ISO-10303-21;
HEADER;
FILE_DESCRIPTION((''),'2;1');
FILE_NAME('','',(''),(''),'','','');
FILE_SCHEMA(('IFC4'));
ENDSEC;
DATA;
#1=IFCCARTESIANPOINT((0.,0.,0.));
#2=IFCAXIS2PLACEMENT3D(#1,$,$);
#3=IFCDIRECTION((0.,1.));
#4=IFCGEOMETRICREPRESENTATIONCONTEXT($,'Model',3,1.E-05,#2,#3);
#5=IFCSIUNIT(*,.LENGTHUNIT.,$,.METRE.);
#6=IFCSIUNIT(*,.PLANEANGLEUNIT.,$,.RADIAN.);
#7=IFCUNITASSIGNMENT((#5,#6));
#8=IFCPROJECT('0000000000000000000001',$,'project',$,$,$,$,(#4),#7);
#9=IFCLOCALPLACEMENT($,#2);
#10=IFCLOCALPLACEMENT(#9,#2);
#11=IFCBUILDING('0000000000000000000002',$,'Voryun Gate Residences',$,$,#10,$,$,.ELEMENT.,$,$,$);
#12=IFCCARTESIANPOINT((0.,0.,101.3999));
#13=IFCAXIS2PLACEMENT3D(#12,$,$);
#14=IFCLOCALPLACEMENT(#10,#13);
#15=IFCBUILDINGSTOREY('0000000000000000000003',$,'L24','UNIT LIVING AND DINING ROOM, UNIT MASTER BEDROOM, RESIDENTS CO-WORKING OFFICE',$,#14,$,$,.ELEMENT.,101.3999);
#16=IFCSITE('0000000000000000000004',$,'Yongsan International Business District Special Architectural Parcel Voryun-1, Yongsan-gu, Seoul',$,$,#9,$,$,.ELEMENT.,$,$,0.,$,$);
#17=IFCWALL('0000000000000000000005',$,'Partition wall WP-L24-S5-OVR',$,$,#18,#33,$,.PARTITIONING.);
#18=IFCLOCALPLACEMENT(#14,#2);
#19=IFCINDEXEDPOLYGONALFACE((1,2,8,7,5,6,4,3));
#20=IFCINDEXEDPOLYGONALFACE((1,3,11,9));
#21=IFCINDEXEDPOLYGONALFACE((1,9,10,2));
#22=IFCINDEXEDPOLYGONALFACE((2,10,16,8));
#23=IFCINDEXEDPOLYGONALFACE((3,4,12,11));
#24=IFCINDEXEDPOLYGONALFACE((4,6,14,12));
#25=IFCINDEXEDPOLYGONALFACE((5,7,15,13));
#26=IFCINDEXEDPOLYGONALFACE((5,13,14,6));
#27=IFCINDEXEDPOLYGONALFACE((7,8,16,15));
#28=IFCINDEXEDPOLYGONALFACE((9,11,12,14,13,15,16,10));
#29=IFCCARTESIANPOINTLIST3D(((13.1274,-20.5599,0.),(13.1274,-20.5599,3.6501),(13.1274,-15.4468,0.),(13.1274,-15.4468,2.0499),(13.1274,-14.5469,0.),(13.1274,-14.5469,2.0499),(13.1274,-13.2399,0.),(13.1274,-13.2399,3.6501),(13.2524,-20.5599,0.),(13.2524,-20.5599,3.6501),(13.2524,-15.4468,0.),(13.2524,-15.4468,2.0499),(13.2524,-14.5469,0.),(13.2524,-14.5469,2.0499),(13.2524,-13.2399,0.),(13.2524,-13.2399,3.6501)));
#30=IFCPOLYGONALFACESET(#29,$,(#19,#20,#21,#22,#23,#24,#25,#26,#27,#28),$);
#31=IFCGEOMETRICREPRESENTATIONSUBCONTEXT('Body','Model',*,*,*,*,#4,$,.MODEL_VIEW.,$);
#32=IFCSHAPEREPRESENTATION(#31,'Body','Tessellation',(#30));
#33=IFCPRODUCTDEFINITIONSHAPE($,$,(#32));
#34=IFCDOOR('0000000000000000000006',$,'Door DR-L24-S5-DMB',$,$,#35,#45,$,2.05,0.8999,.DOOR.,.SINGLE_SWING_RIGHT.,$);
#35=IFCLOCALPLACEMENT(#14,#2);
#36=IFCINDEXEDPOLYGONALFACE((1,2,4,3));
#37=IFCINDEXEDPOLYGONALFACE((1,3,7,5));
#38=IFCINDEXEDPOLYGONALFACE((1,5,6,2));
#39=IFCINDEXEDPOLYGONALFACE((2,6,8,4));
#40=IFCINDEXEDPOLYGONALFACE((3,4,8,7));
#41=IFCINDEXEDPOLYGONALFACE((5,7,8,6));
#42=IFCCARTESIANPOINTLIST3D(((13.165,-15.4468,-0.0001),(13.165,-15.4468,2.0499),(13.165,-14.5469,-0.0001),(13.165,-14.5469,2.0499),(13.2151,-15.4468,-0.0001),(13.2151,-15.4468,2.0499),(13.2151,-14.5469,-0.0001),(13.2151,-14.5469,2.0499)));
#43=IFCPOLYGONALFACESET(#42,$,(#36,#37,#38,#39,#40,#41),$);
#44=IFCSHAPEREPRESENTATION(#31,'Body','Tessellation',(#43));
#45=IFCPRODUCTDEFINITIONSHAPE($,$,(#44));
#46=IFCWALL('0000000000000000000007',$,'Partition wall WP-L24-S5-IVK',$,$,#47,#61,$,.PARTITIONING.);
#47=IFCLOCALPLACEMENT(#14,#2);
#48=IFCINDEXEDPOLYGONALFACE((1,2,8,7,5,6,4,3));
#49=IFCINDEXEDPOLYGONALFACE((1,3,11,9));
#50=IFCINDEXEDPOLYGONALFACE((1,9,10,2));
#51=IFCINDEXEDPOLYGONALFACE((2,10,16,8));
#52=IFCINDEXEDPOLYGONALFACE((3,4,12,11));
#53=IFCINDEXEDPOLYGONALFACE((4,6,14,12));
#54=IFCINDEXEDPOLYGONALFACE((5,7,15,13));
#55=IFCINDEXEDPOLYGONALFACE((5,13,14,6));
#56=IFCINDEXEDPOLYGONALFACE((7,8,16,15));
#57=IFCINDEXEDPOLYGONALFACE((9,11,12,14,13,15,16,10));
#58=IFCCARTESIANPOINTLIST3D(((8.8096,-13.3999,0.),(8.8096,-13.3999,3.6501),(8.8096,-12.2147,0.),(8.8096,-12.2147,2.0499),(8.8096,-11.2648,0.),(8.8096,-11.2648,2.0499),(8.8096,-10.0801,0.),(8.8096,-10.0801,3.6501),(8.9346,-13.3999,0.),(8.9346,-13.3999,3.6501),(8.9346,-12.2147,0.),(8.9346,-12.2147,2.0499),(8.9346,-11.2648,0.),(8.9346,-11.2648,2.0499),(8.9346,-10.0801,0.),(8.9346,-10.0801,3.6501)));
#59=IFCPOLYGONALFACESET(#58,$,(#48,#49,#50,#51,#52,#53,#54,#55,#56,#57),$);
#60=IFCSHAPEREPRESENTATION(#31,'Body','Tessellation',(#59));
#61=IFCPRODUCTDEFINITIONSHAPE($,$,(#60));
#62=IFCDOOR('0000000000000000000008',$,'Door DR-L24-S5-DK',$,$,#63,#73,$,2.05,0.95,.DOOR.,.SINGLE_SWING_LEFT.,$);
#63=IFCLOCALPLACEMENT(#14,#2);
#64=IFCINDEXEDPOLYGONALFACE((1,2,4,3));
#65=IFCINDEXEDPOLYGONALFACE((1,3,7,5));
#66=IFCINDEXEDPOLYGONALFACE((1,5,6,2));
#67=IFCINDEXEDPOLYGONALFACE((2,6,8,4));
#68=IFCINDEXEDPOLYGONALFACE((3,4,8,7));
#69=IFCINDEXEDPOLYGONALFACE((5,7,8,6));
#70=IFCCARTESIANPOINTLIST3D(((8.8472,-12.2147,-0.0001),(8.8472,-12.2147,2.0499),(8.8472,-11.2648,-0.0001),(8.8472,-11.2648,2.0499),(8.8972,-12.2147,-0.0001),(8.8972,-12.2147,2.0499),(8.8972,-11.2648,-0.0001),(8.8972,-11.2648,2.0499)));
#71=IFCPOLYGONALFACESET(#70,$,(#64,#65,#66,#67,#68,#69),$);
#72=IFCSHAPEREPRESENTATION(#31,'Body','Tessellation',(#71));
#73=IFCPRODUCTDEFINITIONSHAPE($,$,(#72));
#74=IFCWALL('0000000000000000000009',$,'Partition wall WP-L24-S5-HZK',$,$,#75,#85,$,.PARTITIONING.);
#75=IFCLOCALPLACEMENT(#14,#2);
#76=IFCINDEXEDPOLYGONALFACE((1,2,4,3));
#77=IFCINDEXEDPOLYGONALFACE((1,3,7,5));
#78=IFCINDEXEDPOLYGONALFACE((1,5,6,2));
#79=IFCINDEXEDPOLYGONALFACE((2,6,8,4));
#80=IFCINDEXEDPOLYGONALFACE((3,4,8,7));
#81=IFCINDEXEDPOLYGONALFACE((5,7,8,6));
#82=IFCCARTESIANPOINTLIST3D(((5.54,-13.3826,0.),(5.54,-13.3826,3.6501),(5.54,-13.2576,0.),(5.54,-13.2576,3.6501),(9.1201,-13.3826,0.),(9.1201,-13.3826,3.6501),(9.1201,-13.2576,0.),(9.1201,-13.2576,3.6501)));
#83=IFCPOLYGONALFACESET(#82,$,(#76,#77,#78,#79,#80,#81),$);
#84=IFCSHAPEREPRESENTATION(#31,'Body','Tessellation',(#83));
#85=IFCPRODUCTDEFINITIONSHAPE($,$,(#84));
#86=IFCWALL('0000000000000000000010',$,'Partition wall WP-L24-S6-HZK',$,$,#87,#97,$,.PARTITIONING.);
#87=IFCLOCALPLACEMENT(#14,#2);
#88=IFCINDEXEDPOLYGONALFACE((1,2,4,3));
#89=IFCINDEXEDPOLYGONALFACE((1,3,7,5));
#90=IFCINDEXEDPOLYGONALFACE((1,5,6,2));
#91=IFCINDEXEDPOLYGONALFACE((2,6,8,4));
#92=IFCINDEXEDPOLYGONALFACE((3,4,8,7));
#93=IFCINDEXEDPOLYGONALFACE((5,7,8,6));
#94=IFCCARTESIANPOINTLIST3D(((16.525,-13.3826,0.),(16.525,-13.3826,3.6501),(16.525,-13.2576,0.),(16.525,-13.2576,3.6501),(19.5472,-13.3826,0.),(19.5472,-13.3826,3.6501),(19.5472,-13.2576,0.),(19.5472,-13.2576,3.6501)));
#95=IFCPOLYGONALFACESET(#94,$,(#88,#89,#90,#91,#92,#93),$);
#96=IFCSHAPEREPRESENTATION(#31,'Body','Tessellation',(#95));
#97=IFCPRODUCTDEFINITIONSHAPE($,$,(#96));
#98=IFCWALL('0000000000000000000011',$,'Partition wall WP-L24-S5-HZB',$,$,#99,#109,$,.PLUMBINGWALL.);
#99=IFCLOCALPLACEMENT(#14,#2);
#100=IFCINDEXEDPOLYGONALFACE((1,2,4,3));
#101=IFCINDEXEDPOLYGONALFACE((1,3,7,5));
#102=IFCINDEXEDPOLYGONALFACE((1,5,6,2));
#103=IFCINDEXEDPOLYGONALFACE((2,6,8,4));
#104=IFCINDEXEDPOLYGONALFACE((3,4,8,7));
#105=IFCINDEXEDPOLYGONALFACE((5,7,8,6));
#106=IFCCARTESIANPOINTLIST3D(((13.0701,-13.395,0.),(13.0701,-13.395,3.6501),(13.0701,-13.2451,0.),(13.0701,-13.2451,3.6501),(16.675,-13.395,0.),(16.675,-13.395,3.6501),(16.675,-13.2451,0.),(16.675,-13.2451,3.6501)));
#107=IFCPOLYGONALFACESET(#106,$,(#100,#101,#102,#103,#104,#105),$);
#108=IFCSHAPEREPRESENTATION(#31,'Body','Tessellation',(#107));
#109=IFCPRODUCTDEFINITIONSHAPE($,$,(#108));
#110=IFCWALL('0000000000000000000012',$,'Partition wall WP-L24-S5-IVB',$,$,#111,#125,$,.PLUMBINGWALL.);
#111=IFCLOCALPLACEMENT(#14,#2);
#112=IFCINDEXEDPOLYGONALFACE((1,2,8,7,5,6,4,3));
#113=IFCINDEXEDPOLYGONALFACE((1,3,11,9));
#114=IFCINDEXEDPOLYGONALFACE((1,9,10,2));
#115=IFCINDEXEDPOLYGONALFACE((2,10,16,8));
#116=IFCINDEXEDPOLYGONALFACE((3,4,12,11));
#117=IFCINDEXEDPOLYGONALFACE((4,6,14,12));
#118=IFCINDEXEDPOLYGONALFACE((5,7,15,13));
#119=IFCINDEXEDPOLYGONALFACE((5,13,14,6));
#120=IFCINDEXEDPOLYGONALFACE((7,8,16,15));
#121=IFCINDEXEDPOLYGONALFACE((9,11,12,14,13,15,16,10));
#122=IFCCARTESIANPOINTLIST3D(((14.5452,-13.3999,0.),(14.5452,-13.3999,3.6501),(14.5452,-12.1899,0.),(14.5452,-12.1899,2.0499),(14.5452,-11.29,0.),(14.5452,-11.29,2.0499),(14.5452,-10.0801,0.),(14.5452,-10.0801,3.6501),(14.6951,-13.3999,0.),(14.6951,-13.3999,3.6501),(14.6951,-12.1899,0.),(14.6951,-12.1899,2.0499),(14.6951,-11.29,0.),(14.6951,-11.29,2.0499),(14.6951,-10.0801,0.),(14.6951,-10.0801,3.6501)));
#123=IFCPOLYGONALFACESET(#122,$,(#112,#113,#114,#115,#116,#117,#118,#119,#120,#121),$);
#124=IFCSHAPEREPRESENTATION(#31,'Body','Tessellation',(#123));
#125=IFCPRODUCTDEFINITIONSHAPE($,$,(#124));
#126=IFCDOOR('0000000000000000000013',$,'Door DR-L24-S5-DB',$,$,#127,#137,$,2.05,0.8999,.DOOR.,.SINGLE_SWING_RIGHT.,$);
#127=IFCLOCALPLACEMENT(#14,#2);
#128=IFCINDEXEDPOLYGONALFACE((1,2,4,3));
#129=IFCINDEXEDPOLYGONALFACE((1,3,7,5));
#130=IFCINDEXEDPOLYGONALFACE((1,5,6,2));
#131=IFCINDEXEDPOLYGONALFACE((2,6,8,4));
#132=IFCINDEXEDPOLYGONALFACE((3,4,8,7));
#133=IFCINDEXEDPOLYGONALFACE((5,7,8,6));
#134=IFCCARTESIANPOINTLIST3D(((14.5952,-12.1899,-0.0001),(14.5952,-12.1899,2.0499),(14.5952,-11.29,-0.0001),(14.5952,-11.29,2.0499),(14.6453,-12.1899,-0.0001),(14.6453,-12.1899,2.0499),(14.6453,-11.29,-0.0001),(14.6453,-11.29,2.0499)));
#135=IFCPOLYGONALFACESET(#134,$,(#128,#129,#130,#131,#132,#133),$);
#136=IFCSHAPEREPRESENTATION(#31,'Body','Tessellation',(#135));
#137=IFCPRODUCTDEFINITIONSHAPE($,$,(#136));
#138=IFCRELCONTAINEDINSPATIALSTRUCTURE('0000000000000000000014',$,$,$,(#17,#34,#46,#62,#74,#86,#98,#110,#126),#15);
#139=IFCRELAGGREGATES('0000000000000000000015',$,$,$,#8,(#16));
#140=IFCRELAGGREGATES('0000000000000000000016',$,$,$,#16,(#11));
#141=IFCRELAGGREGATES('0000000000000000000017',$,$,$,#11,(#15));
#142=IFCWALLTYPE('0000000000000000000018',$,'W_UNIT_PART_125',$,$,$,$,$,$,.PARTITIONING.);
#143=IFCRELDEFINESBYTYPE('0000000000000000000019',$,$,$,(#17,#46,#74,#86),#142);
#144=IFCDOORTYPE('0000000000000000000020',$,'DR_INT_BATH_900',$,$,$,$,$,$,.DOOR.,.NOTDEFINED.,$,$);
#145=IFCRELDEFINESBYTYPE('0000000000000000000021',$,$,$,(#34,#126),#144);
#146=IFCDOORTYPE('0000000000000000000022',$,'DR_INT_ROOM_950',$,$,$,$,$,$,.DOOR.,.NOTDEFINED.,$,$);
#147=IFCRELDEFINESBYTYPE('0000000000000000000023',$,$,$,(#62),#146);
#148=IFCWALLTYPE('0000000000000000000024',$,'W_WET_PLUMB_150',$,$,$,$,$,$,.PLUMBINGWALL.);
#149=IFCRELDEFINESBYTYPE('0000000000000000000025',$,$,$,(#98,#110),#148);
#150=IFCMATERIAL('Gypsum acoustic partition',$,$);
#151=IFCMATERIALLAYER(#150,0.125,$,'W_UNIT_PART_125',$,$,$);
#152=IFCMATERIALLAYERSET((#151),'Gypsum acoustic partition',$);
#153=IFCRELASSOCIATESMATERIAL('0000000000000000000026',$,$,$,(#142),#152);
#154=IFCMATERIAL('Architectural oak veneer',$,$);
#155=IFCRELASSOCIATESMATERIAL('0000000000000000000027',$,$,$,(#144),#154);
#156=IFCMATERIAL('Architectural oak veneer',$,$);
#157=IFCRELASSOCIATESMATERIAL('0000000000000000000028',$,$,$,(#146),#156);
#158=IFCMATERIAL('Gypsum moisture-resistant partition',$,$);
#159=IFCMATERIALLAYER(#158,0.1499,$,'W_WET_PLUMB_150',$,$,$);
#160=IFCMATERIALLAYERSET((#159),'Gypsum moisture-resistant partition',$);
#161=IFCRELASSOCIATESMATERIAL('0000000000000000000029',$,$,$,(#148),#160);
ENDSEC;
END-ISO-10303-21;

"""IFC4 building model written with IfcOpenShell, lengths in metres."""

from ifc_helpers import new_model, si_unit, direction, frame, frame_2d, origin, place, context, subcontext, project, spatial, rectangle, extrude, material, layer, layer_set, type_object, element, fill, save


model = new_model("IFC4")

# Units and contexts
model_context = context("Model", 3, precision=1e-05, world=origin(), true_north=direction((0.0, 1.0)))
body_context = subcontext(model_context, "Body", "Model", "MODEL_VIEW")
ifc_project = project(units=[si_unit("LENGTHUNIT", "METRE"), si_unit("PLANEANGLEUNIT", "RADIAN")], contexts=[model_context])

# Site, building, storey
site_placement = place(None, origin())
site = spatial("IfcSite", under=ifc_project, at=site_placement, Name="Yongsan International Business District Special Architectural Parcel Voryun-1, Yongsan-gu, Seoul", CompositionType="ELEMENT", RefElevation=0.0)
building_placement = place(site_placement, origin())
building = spatial("IfcBuilding", under=site, at=building_placement, Name="Voryun Gate Residences", CompositionType="ELEMENT")
storey_placement = place(building_placement, frame((0.0, 0.0, 101.3999)))
storey = spatial("IfcBuildingStorey", under=building, at=storey_placement, Name="L24", Description="UNIT LIVING AND DINING ROOM, UNIT MASTER BEDROOM, RESIDENTS CO-WORKING OFFICE", CompositionType="ELEMENT", Elevation=101.3999)

# Shared definitions
ifc_material_1 = material(Name="Gypsum acoustic partition")
ifc_layer_1 = layer(ifc_material_1, 0.125, Name="W_UNIT_PART_125")
ifc_layer_set_1 = layer_set([ifc_layer_1], Name="Gypsum acoustic partition")
wall_type_1 = type_object("IfcWallType", Name="W_UNIT_PART_125", PredefinedType="PARTITIONING", material=ifc_layer_set_1)

# Walls, openings, doors
ifc_material_2 = material(Name="Architectural oak veneer")
door_type_1 = type_object("IfcDoorType", Name="DR_INT_BATH_900", OperationType="NOTDEFINED", PredefinedType="DOOR", material=ifc_material_2)
ifc_material_3 = material(Name="Architectural oak veneer")
door_type_2 = type_object("IfcDoorType", Name="DR_INT_ROOM_950", OperationType="NOTDEFINED", PredefinedType="DOOR", material=ifc_material_3)
wall_1_placement = place(storey_placement, frame((13.1899, -20.5601, 0.0), z_axis=(0.0, 0.0, 1.0), x_axis=(0.0, 1.0, 0.0)))
wall_1 = element("IfcWall", 1, at=wall_1_placement, inside=storey, type_object=wall_type_1, Name="Partition wall WP-L24-S5-OVR", PredefinedType="PARTITIONING", context=body_context, shape_type="SweptSolid", body=[
    extrude(rectangle(XDim=7.3201, YDim=0.125, at=frame_2d((3.6602, 0.0))), origin(), (0.0, 0.0, 1.0), 3.6501),
])
opening_1_placement = place(wall_1_placement, frame((5.1133, 0.0, 0.0)))
opening_1 = element("IfcOpeningElement", 2, at=opening_1_placement, cuts=wall_1, PredefinedType="OPENING", context=body_context, shape_type="SweptSolid", body=[
    extrude(rectangle(XDim=0.8999, YDim=2.05, at=frame_2d((0.45, 1.0249))), frame((0.0, 0.0725, 0.0), z_axis=(0.0, -1.0, 0.0), x_axis=(1.0, 0.0, 0.0)), (0.0, 0.0, 1.0), 0.145),
])
door_1_placement = place(opening_1_placement, origin())
door_1 = element("IfcDoor", 3, at=door_1_placement, inside=storey, type_object=door_type_1, Name="Door DR-L24-S5-DMB", OperationType="SINGLE_SWING_RIGHT", OverallHeight=2.05, OverallWidth=0.8999, PredefinedType="DOOR", context=body_context, shape_type="SweptSolid", body=[
    extrude(rectangle(XDim=0.8999, YDim=2.05, at=frame_2d((0.45, 1.0249))), frame((0.0, 0.0249, 0.0), z_axis=(0.0, -1.0, 0.0), x_axis=(1.0, 0.0, 0.0)), (0.0, 0.0, 1.0), 0.05),
])
fill(opening_1, door_1)
wall_2_placement = place(storey_placement, frame((8.8721, -13.3999, 0.0), z_axis=(0.0, 0.0, 1.0), x_axis=(0.0, 1.0, 0.0)))
wall_2 = element("IfcWall", 4, at=wall_2_placement, inside=storey, type_object=wall_type_1, Name="Partition wall WP-L24-S5-IVK", PredefinedType="PARTITIONING", context=body_context, shape_type="SweptSolid", body=[
    extrude(rectangle(XDim=3.3198, YDim=0.125, at=frame_2d((1.6599, 0.0))), origin(), (0.0, 0.0, 1.0), 3.6501),
])
opening_2_placement = place(wall_2_placement, frame((1.1851, 0.0, 0.0)))
opening_2 = element("IfcOpeningElement", 5, at=opening_2_placement, cuts=wall_2, PredefinedType="OPENING", context=body_context, shape_type="SweptSolid", body=[
    extrude(rectangle(XDim=0.95, YDim=2.05, at=frame_2d((0.4751, 1.0249))), frame((0.0, 0.0725, 0.0), z_axis=(0.0, -1.0, 0.0), x_axis=(1.0, 0.0, 0.0)), (0.0, 0.0, 1.0), 0.145),
])
door_2_placement = place(opening_2_placement, origin())
door_2 = element("IfcDoor", 6, at=door_2_placement, inside=storey, type_object=door_type_2, Name="Door DR-L24-S5-DK", OperationType="SINGLE_SWING_LEFT", OverallHeight=2.05, OverallWidth=0.95, PredefinedType="DOOR", context=body_context, shape_type="SweptSolid", body=[
    extrude(rectangle(XDim=0.95, YDim=2.05, at=frame_2d((0.4751, 1.0249))), frame((0.0, 0.0249, 0.0), z_axis=(0.0, -1.0, 0.0), x_axis=(1.0, 0.0, 0.0)), (0.0, 0.0, 1.0), 0.05),
])
fill(opening_2, door_2)

# Walls
wall_3_placement = place(storey_placement, frame((5.54, -13.3201, 0.0), z_axis=(0.0, 0.0, 1.0), x_axis=(1.0, 0.0, 0.0)))
element("IfcWall", 7, at=wall_3_placement, inside=storey, type_object=wall_type_1, Name="Partition wall WP-L24-S5-HZK", PredefinedType="PARTITIONING", context=body_context, shape_type="SweptSolid", body=[
    extrude(rectangle(XDim=3.5801, YDim=0.125, at=frame_2d((1.79, 0.0))), origin(), (0.0, 0.0, 1.0), 3.6501),
])
wall_4_placement = place(storey_placement, frame((16.5249, -13.3201, 0.0), z_axis=(0.0, 0.0, 1.0), x_axis=(1.0, 0.0, 0.0)))
element("IfcWall", 8, at=wall_4_placement, inside=storey, type_object=wall_type_1, Name="Partition wall WP-L24-S6-HZK", PredefinedType="PARTITIONING", context=body_context, shape_type="SweptSolid", body=[
    extrude(rectangle(XDim=3.0222, YDim=0.125, at=frame_2d((1.5112, 0.0))), origin(), (0.0, 0.0, 1.0), 3.6501),
])
ifc_material_4 = material(Name="Gypsum moisture-resistant partition")
ifc_layer_2 = layer(ifc_material_4, 0.1499, Name="W_WET_PLUMB_150")
ifc_layer_set_2 = layer_set([ifc_layer_2], Name="Gypsum moisture-resistant partition")
wall_type_2 = type_object("IfcWallType", Name="W_WET_PLUMB_150", PredefinedType="PLUMBINGWALL", material=ifc_layer_set_2)
wall_5_placement = place(storey_placement, frame((13.0701, -13.3201, 0.0), z_axis=(0.0, 0.0, 1.0), x_axis=(1.0, 0.0, 0.0)))
element("IfcWall", 9, at=wall_5_placement, inside=storey, type_object=wall_type_2, Name="Partition wall WP-L24-S5-HZB", PredefinedType="PLUMBINGWALL", context=body_context, shape_type="SweptSolid", body=[
    extrude(rectangle(XDim=3.605, YDim=0.1499, at=frame_2d((1.8025, 0.0))), origin(), (0.0, 0.0, 1.0), 3.6501),
])

# Wall, opening, door
wall_6_placement = place(storey_placement, frame((14.6201, -13.3999, 0.0), z_axis=(0.0, 0.0, 1.0), x_axis=(0.0, 1.0, 0.0)))
wall_6 = element("IfcWall", 10, at=wall_6_placement, inside=storey, type_object=wall_type_2, Name="Partition wall WP-L24-S5-IVB", PredefinedType="PLUMBINGWALL", context=body_context, shape_type="SweptSolid", body=[
    extrude(rectangle(XDim=3.3198, YDim=0.1499, at=frame_2d((1.6599, 0.0))), origin(), (0.0, 0.0, 1.0), 3.6501),
])
opening_3_placement = place(wall_6_placement, frame((1.21, 0.0, 0.0)))
opening_3 = element("IfcOpeningElement", 11, at=opening_3_placement, cuts=wall_6, PredefinedType="OPENING", context=body_context, shape_type="SweptSolid", body=[
    extrude(rectangle(XDim=0.8999, YDim=2.05, at=frame_2d((0.45, 1.0249))), frame((0.0, 0.085, 0.0), z_axis=(0.0, -1.0, 0.0), x_axis=(1.0, 0.0, 0.0)), (0.0, 0.0, 1.0), 0.1699),
])
door_3_placement = place(opening_3_placement, origin())
door_3 = element("IfcDoor", 12, at=door_3_placement, inside=storey, type_object=door_type_1, Name="Door DR-L24-S5-DB", OperationType="SINGLE_SWING_RIGHT", OverallHeight=2.05, OverallWidth=0.8999, PredefinedType="DOOR", context=body_context, shape_type="SweptSolid", body=[
    extrude(rectangle(XDim=0.8999, YDim=2.05, at=frame_2d((0.45, 1.0249))), frame((0.0, 0.0249, 0.0), z_axis=(0.0, -1.0, 0.0), x_axis=(1.0, 0.0, 0.0)), (0.0, 0.0, 1.0), 0.05),
])
fill(opening_3, door_3)

save(model, "model.ifc")
